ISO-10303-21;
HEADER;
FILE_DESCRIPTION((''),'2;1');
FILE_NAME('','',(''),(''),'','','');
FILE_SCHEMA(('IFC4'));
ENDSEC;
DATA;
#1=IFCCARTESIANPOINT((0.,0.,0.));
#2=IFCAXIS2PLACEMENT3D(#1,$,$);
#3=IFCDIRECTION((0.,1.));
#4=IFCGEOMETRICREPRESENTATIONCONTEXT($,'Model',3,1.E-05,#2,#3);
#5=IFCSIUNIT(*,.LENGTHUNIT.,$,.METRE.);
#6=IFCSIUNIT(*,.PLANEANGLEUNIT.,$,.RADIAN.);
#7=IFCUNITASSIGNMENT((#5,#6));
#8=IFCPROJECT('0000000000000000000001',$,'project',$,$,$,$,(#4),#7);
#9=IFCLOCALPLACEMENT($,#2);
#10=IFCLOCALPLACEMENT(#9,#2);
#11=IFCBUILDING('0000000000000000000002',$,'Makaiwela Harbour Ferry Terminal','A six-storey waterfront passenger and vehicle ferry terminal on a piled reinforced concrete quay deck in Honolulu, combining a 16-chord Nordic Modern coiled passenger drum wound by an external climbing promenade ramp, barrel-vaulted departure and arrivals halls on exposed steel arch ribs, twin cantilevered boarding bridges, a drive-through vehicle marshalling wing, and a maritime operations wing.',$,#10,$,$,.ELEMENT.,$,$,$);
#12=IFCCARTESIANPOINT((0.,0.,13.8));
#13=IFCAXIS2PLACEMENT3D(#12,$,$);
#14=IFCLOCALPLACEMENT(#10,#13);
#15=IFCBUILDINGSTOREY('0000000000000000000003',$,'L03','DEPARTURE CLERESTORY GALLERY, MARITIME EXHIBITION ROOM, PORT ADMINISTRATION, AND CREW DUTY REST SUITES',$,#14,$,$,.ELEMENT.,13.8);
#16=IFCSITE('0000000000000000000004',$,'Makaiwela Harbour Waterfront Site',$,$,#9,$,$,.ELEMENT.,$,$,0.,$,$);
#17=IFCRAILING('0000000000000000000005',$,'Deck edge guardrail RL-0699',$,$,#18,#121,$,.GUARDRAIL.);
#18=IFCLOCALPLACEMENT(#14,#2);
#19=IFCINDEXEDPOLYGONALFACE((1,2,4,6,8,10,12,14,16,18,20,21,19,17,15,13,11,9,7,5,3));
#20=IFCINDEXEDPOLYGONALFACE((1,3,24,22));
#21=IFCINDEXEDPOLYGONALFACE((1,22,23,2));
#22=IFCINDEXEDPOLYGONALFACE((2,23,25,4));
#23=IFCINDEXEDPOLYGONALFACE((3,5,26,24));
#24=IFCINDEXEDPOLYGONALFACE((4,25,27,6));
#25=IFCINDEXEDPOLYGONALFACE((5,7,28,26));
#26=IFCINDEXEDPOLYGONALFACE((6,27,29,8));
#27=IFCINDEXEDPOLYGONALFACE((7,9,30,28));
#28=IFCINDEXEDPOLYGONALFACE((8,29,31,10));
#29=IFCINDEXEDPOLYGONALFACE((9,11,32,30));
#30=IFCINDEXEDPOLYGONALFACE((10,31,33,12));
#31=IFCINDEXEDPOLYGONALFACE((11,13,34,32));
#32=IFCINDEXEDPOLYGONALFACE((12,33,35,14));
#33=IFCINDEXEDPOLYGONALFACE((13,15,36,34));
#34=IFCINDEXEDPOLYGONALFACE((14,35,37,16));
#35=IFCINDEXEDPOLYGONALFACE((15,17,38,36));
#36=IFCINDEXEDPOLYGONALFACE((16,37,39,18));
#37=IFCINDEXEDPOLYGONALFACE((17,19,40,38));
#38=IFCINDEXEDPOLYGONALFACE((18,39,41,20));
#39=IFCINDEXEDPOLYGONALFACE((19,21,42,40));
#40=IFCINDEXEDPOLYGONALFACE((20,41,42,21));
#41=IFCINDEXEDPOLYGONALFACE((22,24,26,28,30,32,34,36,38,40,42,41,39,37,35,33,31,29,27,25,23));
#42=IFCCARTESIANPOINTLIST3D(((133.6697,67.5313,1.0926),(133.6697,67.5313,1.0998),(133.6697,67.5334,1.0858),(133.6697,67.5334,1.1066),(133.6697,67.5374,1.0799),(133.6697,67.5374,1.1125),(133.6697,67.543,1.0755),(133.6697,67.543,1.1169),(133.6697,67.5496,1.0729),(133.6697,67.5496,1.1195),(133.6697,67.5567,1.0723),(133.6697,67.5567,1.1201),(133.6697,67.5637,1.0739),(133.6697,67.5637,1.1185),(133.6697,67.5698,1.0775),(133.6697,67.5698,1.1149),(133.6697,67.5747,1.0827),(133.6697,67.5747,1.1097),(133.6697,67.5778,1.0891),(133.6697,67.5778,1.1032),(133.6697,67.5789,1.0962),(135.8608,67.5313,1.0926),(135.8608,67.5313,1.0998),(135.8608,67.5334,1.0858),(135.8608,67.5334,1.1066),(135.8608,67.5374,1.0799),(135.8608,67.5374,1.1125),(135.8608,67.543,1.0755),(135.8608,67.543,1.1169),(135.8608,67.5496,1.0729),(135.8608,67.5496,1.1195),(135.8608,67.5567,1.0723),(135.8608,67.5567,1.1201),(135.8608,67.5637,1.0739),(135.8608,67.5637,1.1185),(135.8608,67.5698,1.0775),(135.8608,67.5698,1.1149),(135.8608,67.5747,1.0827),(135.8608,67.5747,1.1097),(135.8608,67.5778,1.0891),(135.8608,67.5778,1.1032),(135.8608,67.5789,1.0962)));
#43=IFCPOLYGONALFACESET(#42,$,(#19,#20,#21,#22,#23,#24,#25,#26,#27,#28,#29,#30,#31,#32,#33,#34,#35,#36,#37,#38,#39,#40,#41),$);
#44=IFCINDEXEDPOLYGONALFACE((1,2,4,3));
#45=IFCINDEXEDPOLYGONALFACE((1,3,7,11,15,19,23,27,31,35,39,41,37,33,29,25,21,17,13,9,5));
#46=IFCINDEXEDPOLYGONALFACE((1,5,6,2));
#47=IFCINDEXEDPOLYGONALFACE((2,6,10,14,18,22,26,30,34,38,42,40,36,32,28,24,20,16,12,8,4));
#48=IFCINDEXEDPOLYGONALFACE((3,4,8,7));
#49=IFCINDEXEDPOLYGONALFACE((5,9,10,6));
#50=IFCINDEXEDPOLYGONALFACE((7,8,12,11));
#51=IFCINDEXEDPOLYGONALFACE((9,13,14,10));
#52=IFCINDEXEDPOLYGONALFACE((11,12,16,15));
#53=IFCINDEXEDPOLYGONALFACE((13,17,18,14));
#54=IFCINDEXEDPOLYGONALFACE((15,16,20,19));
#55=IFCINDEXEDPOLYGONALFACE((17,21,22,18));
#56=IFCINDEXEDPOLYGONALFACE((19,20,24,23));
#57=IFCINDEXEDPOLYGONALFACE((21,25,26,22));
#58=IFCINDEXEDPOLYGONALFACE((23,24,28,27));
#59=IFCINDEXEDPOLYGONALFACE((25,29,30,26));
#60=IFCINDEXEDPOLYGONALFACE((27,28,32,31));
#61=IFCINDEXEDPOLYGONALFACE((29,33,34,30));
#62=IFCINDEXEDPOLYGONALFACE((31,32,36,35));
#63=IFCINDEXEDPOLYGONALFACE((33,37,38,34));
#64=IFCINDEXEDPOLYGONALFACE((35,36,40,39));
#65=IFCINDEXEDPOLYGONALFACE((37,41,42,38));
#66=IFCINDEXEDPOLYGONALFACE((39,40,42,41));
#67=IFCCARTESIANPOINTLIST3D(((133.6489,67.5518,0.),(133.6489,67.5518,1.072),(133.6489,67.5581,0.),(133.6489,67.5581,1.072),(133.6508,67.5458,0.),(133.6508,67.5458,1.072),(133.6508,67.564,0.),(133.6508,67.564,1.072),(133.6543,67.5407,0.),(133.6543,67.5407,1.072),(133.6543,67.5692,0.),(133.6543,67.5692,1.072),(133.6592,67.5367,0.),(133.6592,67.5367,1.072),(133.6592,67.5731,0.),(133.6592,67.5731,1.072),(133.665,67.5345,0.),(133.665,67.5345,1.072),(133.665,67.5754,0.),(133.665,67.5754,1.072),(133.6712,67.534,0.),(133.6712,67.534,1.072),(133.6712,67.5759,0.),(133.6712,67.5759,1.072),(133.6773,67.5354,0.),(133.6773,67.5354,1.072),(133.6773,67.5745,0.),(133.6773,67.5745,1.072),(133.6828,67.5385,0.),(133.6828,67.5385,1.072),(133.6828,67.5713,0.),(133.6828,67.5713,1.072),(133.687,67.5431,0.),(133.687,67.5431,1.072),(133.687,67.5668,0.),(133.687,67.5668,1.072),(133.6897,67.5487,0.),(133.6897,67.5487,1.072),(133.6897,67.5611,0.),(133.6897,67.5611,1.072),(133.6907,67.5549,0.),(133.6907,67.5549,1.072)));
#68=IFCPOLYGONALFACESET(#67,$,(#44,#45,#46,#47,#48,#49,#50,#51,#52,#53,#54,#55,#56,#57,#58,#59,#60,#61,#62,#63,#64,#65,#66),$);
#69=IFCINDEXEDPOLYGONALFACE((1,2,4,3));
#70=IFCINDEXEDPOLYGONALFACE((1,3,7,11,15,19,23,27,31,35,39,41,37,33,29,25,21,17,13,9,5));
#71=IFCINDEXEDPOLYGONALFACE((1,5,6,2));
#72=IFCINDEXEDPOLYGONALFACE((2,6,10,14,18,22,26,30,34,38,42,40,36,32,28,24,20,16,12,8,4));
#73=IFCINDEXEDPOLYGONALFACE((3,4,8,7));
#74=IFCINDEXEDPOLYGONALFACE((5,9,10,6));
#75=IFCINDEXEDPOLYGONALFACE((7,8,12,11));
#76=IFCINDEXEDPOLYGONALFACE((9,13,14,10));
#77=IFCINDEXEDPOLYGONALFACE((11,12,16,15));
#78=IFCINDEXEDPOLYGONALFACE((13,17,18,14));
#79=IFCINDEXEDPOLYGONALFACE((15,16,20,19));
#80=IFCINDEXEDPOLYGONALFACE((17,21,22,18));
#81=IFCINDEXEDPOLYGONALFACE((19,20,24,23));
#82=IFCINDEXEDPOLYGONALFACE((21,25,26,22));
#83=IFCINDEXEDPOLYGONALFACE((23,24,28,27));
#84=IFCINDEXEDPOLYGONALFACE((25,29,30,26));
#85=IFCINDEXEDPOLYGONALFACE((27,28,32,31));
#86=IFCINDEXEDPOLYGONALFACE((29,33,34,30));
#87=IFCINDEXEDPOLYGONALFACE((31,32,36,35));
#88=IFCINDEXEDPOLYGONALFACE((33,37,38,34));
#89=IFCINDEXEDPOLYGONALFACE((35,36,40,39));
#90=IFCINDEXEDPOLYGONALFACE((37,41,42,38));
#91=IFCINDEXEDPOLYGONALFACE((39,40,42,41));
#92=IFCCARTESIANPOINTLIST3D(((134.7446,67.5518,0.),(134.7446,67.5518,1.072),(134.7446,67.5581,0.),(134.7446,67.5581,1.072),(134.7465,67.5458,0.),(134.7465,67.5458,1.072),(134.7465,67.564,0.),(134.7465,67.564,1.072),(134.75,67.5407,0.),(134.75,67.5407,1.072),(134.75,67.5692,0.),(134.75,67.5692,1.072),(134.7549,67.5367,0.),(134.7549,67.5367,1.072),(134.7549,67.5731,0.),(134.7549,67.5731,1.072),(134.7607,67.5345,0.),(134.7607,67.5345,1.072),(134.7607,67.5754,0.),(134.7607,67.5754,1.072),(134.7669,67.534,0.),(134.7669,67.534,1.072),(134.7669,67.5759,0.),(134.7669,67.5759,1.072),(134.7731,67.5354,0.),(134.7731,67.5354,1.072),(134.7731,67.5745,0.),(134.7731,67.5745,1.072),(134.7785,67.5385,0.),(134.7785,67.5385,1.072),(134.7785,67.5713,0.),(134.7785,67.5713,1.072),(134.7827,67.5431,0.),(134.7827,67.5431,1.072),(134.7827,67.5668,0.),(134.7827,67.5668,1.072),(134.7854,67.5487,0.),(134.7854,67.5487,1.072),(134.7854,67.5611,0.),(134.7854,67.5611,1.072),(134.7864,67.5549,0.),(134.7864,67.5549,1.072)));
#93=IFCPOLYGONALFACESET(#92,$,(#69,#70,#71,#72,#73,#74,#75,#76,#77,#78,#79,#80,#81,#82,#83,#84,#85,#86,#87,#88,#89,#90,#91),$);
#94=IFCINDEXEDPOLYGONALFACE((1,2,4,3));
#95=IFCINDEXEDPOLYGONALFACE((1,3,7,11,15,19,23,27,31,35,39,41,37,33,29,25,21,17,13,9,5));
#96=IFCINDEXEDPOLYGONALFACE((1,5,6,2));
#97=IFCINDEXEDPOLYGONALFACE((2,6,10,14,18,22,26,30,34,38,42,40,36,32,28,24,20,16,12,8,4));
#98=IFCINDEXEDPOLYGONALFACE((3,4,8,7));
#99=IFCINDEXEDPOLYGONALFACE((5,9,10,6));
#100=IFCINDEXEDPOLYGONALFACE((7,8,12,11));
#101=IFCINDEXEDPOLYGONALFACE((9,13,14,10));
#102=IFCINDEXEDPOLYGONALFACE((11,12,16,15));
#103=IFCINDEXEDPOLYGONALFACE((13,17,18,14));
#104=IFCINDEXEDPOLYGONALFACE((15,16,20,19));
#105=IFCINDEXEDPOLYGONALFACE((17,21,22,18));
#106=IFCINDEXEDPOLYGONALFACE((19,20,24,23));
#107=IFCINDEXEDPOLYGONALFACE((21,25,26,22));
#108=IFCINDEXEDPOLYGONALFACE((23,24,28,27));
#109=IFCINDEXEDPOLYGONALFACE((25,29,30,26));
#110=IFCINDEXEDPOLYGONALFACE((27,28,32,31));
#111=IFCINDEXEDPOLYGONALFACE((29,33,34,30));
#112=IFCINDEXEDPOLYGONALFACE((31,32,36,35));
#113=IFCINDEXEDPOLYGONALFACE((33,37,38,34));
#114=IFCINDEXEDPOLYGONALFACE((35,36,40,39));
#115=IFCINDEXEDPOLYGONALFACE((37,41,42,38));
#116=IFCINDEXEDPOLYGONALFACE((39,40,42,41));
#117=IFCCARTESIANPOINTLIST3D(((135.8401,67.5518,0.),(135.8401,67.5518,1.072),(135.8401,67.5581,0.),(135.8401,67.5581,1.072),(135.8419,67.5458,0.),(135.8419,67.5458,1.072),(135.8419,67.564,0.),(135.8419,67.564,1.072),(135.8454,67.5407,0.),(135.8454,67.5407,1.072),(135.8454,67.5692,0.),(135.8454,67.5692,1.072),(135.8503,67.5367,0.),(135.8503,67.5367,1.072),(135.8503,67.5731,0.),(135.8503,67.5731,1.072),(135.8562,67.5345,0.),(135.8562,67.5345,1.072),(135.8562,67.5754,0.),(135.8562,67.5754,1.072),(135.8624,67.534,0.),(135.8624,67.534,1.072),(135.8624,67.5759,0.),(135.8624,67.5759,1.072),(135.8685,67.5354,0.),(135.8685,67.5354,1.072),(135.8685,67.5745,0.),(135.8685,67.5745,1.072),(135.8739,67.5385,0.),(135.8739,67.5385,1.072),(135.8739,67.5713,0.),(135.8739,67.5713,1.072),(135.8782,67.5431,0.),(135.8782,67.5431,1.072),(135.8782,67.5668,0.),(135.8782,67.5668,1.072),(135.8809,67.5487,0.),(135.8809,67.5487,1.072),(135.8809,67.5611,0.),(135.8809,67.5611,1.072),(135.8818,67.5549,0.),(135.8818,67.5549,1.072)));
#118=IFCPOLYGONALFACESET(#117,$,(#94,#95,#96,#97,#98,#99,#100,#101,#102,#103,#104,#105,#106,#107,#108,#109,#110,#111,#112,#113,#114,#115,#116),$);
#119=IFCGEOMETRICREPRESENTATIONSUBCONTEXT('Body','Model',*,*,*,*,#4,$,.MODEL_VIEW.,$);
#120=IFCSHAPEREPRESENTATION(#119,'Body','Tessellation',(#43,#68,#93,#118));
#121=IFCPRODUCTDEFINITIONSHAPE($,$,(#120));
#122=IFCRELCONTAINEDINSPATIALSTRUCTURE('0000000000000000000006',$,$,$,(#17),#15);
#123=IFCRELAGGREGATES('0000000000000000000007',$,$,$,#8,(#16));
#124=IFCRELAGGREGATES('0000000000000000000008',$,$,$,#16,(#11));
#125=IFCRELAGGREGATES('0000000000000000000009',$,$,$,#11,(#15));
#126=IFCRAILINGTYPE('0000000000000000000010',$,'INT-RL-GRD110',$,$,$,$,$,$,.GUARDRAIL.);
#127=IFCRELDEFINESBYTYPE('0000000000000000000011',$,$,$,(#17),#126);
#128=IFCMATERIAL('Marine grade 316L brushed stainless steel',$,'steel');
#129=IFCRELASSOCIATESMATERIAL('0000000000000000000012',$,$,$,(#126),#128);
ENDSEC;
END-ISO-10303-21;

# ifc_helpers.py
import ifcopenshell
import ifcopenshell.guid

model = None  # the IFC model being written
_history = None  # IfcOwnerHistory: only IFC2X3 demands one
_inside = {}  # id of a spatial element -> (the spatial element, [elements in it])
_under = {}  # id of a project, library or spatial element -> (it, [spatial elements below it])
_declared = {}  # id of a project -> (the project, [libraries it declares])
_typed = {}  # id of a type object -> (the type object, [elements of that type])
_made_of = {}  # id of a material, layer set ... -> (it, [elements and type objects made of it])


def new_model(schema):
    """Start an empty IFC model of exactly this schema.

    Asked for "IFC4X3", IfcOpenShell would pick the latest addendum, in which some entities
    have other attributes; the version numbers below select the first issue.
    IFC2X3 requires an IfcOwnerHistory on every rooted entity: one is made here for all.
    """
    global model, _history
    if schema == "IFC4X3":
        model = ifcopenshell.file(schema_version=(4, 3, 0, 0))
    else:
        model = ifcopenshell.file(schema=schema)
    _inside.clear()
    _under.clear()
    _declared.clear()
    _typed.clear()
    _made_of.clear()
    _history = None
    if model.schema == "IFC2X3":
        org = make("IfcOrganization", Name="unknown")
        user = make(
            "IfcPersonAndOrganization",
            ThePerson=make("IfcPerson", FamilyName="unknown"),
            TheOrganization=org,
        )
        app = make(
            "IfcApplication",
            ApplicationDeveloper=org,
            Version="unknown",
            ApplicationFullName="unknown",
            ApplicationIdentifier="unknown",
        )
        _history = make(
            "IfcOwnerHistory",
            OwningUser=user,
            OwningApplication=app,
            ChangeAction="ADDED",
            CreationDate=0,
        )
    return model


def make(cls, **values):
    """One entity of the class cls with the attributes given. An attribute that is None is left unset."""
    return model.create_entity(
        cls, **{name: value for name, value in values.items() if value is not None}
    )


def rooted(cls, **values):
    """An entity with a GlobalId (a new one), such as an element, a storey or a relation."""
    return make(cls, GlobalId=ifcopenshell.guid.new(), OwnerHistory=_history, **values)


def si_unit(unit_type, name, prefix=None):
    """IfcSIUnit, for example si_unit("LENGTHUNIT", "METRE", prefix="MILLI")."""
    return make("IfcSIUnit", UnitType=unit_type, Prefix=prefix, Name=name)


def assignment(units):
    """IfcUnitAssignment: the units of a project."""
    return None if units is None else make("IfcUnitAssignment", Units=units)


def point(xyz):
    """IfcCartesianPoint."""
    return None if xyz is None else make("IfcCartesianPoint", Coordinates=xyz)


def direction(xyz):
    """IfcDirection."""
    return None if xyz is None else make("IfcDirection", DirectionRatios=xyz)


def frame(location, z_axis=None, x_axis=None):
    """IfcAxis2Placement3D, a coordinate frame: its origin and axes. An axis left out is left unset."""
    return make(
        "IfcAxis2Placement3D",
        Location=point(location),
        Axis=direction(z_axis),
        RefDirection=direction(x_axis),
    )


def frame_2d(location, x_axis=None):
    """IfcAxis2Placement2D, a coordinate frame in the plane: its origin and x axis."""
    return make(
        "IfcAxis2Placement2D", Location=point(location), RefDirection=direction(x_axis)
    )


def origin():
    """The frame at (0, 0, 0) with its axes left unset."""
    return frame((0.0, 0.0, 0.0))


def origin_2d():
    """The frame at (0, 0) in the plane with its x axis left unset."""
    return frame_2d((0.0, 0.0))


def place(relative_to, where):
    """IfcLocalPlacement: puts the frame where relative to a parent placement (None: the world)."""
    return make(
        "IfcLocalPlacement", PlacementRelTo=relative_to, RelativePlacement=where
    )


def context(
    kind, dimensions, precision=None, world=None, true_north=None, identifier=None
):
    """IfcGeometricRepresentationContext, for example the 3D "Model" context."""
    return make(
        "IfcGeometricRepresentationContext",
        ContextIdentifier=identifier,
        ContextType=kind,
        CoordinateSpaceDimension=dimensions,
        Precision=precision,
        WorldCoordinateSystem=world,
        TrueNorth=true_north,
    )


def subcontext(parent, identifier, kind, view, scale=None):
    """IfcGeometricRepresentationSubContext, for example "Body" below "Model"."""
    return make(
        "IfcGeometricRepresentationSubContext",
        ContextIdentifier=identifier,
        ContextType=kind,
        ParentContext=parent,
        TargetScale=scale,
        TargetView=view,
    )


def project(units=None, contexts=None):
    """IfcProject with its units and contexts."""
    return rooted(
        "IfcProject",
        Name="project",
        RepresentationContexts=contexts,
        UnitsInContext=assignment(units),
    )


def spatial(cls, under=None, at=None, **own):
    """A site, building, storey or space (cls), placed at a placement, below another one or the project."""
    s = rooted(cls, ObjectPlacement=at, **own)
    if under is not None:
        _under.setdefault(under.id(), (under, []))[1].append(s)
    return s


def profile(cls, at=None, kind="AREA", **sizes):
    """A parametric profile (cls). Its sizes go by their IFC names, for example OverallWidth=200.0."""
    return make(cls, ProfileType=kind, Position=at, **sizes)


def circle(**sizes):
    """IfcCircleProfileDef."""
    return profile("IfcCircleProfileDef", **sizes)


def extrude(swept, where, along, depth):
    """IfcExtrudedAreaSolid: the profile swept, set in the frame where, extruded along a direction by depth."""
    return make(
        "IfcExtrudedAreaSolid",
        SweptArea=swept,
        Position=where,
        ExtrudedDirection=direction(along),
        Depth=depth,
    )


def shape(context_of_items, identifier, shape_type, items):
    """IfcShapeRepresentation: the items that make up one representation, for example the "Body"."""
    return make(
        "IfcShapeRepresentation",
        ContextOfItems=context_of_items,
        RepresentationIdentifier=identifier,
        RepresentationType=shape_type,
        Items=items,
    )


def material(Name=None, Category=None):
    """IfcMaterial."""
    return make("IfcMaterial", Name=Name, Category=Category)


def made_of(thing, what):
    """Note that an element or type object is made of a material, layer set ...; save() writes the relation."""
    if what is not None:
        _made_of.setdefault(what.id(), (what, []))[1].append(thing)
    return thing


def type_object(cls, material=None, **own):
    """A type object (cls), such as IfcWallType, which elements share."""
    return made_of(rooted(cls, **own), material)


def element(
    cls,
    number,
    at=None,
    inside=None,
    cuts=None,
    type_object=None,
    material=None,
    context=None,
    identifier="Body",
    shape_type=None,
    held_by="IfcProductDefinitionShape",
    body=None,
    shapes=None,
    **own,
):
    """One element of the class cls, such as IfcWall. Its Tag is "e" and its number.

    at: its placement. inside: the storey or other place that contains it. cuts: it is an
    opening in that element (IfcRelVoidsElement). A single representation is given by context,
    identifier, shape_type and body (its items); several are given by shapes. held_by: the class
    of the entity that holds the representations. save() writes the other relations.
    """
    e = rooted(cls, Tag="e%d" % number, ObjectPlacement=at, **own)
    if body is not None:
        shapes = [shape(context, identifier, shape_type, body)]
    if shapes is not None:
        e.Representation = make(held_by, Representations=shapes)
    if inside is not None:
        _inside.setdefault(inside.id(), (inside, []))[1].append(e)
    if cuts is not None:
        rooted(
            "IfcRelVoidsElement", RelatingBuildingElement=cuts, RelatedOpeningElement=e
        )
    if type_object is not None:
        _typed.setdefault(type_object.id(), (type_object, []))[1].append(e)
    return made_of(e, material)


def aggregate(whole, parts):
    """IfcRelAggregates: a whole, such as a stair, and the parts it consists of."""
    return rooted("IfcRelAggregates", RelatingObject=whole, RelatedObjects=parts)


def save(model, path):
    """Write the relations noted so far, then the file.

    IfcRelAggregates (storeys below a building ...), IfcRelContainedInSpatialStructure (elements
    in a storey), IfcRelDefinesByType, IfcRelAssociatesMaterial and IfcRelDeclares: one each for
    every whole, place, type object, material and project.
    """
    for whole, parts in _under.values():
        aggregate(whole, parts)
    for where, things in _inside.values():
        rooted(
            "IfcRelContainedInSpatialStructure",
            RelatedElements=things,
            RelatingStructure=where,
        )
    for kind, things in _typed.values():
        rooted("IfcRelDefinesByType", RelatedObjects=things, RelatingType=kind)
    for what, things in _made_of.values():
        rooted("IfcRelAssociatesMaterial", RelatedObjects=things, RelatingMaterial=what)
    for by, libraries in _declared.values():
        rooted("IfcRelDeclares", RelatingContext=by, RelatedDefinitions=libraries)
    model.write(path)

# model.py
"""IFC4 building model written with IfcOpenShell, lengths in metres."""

from ifc_helpers import new_model, si_unit, direction, frame, origin, origin_2d, place, context, subcontext, project, spatial, circle, extrude, material, type_object, element, save


model = new_model("IFC4")

# Units and contexts
model_context = context("Model", 3, precision=1e-05, world=origin(), true_north=direction((0.0, 1.0)))
body_context = subcontext(model_context, "Body", "Model", "MODEL_VIEW")
ifc_project = project(units=[si_unit("LENGTHUNIT", "METRE"), si_unit("PLANEANGLEUNIT", "RADIAN")], contexts=[model_context])

# Site, building, storey
site_placement = place(None, origin())
site = spatial("IfcSite", under=ifc_project, at=site_placement, Name="Makaiwela Harbour Waterfront Site", CompositionType="ELEMENT", RefElevation=0.0)
building_placement = place(site_placement, origin())
building = spatial("IfcBuilding", under=site, at=building_placement, Name="Makaiwela Harbour Ferry Terminal", Description="A six-storey waterfront passenger and vehicle ferry terminal on a piled reinforced concrete quay deck in Honolulu, combining a 16-chord Nordic Modern coiled passenger drum wound by an external climbing promenade ramp, barrel-vaulted departure and arrivals halls on exposed steel arch ribs, twin cantilevered boarding bridges, a drive-through vehicle marshalling wing, and a maritime operations wing.", CompositionType="ELEMENT")
storey_placement = place(building_placement, frame((0.0, 0.0, 13.8)))
storey = spatial("IfcBuildingStorey", under=building, at=storey_placement, Name="L03", Description="DEPARTURE CLERESTORY GALLERY, MARITIME EXHIBITION ROOM, PORT ADMINISTRATION, AND CREW DUTY REST SUITES", CompositionType="ELEMENT", Elevation=13.8)

# Railing
ifc_material_1 = material(Name="Marine grade 316L brushed stainless steel", Category="steel")
railing_type = type_object("IfcRailingType", Name="INT-RL-GRD110", PredefinedType="GUARDRAIL", material=ifc_material_1)
railing_1_placement = place(storey_placement, frame((133.6697, 67.5549, 0.0)))
element("IfcRailing", 1, at=railing_1_placement, inside=storey, type_object=railing_type, Name="Deck edge guardrail RL-0699", PredefinedType="GUARDRAIL", context=body_context, shape_type="SweptSolid", body=[
    extrude(circle(Radius=0.0239, at=origin_2d()), frame((0.0, 0.0, 1.0962), z_axis=(1.0, 0.0, 0.0), x_axis=(0.0, 1.0, 0.0)), (0.0, 0.0, 1.0), 2.1912),
    extrude(circle(Radius=0.021, at=origin_2d()), origin(), (0.0, 0.0, 1.0), 1.072),
    extrude(circle(Radius=0.021, at=origin_2d()), frame((1.0957, 0.0, 0.0)), (0.0, 0.0, 1.0), 1.072),
    extrude(circle(Radius=0.021, at=origin_2d()), frame((2.1912, 0.0, 0.0)), (0.0, 0.0, 1.0), 1.072),
])

save(model, "model.ifc")
